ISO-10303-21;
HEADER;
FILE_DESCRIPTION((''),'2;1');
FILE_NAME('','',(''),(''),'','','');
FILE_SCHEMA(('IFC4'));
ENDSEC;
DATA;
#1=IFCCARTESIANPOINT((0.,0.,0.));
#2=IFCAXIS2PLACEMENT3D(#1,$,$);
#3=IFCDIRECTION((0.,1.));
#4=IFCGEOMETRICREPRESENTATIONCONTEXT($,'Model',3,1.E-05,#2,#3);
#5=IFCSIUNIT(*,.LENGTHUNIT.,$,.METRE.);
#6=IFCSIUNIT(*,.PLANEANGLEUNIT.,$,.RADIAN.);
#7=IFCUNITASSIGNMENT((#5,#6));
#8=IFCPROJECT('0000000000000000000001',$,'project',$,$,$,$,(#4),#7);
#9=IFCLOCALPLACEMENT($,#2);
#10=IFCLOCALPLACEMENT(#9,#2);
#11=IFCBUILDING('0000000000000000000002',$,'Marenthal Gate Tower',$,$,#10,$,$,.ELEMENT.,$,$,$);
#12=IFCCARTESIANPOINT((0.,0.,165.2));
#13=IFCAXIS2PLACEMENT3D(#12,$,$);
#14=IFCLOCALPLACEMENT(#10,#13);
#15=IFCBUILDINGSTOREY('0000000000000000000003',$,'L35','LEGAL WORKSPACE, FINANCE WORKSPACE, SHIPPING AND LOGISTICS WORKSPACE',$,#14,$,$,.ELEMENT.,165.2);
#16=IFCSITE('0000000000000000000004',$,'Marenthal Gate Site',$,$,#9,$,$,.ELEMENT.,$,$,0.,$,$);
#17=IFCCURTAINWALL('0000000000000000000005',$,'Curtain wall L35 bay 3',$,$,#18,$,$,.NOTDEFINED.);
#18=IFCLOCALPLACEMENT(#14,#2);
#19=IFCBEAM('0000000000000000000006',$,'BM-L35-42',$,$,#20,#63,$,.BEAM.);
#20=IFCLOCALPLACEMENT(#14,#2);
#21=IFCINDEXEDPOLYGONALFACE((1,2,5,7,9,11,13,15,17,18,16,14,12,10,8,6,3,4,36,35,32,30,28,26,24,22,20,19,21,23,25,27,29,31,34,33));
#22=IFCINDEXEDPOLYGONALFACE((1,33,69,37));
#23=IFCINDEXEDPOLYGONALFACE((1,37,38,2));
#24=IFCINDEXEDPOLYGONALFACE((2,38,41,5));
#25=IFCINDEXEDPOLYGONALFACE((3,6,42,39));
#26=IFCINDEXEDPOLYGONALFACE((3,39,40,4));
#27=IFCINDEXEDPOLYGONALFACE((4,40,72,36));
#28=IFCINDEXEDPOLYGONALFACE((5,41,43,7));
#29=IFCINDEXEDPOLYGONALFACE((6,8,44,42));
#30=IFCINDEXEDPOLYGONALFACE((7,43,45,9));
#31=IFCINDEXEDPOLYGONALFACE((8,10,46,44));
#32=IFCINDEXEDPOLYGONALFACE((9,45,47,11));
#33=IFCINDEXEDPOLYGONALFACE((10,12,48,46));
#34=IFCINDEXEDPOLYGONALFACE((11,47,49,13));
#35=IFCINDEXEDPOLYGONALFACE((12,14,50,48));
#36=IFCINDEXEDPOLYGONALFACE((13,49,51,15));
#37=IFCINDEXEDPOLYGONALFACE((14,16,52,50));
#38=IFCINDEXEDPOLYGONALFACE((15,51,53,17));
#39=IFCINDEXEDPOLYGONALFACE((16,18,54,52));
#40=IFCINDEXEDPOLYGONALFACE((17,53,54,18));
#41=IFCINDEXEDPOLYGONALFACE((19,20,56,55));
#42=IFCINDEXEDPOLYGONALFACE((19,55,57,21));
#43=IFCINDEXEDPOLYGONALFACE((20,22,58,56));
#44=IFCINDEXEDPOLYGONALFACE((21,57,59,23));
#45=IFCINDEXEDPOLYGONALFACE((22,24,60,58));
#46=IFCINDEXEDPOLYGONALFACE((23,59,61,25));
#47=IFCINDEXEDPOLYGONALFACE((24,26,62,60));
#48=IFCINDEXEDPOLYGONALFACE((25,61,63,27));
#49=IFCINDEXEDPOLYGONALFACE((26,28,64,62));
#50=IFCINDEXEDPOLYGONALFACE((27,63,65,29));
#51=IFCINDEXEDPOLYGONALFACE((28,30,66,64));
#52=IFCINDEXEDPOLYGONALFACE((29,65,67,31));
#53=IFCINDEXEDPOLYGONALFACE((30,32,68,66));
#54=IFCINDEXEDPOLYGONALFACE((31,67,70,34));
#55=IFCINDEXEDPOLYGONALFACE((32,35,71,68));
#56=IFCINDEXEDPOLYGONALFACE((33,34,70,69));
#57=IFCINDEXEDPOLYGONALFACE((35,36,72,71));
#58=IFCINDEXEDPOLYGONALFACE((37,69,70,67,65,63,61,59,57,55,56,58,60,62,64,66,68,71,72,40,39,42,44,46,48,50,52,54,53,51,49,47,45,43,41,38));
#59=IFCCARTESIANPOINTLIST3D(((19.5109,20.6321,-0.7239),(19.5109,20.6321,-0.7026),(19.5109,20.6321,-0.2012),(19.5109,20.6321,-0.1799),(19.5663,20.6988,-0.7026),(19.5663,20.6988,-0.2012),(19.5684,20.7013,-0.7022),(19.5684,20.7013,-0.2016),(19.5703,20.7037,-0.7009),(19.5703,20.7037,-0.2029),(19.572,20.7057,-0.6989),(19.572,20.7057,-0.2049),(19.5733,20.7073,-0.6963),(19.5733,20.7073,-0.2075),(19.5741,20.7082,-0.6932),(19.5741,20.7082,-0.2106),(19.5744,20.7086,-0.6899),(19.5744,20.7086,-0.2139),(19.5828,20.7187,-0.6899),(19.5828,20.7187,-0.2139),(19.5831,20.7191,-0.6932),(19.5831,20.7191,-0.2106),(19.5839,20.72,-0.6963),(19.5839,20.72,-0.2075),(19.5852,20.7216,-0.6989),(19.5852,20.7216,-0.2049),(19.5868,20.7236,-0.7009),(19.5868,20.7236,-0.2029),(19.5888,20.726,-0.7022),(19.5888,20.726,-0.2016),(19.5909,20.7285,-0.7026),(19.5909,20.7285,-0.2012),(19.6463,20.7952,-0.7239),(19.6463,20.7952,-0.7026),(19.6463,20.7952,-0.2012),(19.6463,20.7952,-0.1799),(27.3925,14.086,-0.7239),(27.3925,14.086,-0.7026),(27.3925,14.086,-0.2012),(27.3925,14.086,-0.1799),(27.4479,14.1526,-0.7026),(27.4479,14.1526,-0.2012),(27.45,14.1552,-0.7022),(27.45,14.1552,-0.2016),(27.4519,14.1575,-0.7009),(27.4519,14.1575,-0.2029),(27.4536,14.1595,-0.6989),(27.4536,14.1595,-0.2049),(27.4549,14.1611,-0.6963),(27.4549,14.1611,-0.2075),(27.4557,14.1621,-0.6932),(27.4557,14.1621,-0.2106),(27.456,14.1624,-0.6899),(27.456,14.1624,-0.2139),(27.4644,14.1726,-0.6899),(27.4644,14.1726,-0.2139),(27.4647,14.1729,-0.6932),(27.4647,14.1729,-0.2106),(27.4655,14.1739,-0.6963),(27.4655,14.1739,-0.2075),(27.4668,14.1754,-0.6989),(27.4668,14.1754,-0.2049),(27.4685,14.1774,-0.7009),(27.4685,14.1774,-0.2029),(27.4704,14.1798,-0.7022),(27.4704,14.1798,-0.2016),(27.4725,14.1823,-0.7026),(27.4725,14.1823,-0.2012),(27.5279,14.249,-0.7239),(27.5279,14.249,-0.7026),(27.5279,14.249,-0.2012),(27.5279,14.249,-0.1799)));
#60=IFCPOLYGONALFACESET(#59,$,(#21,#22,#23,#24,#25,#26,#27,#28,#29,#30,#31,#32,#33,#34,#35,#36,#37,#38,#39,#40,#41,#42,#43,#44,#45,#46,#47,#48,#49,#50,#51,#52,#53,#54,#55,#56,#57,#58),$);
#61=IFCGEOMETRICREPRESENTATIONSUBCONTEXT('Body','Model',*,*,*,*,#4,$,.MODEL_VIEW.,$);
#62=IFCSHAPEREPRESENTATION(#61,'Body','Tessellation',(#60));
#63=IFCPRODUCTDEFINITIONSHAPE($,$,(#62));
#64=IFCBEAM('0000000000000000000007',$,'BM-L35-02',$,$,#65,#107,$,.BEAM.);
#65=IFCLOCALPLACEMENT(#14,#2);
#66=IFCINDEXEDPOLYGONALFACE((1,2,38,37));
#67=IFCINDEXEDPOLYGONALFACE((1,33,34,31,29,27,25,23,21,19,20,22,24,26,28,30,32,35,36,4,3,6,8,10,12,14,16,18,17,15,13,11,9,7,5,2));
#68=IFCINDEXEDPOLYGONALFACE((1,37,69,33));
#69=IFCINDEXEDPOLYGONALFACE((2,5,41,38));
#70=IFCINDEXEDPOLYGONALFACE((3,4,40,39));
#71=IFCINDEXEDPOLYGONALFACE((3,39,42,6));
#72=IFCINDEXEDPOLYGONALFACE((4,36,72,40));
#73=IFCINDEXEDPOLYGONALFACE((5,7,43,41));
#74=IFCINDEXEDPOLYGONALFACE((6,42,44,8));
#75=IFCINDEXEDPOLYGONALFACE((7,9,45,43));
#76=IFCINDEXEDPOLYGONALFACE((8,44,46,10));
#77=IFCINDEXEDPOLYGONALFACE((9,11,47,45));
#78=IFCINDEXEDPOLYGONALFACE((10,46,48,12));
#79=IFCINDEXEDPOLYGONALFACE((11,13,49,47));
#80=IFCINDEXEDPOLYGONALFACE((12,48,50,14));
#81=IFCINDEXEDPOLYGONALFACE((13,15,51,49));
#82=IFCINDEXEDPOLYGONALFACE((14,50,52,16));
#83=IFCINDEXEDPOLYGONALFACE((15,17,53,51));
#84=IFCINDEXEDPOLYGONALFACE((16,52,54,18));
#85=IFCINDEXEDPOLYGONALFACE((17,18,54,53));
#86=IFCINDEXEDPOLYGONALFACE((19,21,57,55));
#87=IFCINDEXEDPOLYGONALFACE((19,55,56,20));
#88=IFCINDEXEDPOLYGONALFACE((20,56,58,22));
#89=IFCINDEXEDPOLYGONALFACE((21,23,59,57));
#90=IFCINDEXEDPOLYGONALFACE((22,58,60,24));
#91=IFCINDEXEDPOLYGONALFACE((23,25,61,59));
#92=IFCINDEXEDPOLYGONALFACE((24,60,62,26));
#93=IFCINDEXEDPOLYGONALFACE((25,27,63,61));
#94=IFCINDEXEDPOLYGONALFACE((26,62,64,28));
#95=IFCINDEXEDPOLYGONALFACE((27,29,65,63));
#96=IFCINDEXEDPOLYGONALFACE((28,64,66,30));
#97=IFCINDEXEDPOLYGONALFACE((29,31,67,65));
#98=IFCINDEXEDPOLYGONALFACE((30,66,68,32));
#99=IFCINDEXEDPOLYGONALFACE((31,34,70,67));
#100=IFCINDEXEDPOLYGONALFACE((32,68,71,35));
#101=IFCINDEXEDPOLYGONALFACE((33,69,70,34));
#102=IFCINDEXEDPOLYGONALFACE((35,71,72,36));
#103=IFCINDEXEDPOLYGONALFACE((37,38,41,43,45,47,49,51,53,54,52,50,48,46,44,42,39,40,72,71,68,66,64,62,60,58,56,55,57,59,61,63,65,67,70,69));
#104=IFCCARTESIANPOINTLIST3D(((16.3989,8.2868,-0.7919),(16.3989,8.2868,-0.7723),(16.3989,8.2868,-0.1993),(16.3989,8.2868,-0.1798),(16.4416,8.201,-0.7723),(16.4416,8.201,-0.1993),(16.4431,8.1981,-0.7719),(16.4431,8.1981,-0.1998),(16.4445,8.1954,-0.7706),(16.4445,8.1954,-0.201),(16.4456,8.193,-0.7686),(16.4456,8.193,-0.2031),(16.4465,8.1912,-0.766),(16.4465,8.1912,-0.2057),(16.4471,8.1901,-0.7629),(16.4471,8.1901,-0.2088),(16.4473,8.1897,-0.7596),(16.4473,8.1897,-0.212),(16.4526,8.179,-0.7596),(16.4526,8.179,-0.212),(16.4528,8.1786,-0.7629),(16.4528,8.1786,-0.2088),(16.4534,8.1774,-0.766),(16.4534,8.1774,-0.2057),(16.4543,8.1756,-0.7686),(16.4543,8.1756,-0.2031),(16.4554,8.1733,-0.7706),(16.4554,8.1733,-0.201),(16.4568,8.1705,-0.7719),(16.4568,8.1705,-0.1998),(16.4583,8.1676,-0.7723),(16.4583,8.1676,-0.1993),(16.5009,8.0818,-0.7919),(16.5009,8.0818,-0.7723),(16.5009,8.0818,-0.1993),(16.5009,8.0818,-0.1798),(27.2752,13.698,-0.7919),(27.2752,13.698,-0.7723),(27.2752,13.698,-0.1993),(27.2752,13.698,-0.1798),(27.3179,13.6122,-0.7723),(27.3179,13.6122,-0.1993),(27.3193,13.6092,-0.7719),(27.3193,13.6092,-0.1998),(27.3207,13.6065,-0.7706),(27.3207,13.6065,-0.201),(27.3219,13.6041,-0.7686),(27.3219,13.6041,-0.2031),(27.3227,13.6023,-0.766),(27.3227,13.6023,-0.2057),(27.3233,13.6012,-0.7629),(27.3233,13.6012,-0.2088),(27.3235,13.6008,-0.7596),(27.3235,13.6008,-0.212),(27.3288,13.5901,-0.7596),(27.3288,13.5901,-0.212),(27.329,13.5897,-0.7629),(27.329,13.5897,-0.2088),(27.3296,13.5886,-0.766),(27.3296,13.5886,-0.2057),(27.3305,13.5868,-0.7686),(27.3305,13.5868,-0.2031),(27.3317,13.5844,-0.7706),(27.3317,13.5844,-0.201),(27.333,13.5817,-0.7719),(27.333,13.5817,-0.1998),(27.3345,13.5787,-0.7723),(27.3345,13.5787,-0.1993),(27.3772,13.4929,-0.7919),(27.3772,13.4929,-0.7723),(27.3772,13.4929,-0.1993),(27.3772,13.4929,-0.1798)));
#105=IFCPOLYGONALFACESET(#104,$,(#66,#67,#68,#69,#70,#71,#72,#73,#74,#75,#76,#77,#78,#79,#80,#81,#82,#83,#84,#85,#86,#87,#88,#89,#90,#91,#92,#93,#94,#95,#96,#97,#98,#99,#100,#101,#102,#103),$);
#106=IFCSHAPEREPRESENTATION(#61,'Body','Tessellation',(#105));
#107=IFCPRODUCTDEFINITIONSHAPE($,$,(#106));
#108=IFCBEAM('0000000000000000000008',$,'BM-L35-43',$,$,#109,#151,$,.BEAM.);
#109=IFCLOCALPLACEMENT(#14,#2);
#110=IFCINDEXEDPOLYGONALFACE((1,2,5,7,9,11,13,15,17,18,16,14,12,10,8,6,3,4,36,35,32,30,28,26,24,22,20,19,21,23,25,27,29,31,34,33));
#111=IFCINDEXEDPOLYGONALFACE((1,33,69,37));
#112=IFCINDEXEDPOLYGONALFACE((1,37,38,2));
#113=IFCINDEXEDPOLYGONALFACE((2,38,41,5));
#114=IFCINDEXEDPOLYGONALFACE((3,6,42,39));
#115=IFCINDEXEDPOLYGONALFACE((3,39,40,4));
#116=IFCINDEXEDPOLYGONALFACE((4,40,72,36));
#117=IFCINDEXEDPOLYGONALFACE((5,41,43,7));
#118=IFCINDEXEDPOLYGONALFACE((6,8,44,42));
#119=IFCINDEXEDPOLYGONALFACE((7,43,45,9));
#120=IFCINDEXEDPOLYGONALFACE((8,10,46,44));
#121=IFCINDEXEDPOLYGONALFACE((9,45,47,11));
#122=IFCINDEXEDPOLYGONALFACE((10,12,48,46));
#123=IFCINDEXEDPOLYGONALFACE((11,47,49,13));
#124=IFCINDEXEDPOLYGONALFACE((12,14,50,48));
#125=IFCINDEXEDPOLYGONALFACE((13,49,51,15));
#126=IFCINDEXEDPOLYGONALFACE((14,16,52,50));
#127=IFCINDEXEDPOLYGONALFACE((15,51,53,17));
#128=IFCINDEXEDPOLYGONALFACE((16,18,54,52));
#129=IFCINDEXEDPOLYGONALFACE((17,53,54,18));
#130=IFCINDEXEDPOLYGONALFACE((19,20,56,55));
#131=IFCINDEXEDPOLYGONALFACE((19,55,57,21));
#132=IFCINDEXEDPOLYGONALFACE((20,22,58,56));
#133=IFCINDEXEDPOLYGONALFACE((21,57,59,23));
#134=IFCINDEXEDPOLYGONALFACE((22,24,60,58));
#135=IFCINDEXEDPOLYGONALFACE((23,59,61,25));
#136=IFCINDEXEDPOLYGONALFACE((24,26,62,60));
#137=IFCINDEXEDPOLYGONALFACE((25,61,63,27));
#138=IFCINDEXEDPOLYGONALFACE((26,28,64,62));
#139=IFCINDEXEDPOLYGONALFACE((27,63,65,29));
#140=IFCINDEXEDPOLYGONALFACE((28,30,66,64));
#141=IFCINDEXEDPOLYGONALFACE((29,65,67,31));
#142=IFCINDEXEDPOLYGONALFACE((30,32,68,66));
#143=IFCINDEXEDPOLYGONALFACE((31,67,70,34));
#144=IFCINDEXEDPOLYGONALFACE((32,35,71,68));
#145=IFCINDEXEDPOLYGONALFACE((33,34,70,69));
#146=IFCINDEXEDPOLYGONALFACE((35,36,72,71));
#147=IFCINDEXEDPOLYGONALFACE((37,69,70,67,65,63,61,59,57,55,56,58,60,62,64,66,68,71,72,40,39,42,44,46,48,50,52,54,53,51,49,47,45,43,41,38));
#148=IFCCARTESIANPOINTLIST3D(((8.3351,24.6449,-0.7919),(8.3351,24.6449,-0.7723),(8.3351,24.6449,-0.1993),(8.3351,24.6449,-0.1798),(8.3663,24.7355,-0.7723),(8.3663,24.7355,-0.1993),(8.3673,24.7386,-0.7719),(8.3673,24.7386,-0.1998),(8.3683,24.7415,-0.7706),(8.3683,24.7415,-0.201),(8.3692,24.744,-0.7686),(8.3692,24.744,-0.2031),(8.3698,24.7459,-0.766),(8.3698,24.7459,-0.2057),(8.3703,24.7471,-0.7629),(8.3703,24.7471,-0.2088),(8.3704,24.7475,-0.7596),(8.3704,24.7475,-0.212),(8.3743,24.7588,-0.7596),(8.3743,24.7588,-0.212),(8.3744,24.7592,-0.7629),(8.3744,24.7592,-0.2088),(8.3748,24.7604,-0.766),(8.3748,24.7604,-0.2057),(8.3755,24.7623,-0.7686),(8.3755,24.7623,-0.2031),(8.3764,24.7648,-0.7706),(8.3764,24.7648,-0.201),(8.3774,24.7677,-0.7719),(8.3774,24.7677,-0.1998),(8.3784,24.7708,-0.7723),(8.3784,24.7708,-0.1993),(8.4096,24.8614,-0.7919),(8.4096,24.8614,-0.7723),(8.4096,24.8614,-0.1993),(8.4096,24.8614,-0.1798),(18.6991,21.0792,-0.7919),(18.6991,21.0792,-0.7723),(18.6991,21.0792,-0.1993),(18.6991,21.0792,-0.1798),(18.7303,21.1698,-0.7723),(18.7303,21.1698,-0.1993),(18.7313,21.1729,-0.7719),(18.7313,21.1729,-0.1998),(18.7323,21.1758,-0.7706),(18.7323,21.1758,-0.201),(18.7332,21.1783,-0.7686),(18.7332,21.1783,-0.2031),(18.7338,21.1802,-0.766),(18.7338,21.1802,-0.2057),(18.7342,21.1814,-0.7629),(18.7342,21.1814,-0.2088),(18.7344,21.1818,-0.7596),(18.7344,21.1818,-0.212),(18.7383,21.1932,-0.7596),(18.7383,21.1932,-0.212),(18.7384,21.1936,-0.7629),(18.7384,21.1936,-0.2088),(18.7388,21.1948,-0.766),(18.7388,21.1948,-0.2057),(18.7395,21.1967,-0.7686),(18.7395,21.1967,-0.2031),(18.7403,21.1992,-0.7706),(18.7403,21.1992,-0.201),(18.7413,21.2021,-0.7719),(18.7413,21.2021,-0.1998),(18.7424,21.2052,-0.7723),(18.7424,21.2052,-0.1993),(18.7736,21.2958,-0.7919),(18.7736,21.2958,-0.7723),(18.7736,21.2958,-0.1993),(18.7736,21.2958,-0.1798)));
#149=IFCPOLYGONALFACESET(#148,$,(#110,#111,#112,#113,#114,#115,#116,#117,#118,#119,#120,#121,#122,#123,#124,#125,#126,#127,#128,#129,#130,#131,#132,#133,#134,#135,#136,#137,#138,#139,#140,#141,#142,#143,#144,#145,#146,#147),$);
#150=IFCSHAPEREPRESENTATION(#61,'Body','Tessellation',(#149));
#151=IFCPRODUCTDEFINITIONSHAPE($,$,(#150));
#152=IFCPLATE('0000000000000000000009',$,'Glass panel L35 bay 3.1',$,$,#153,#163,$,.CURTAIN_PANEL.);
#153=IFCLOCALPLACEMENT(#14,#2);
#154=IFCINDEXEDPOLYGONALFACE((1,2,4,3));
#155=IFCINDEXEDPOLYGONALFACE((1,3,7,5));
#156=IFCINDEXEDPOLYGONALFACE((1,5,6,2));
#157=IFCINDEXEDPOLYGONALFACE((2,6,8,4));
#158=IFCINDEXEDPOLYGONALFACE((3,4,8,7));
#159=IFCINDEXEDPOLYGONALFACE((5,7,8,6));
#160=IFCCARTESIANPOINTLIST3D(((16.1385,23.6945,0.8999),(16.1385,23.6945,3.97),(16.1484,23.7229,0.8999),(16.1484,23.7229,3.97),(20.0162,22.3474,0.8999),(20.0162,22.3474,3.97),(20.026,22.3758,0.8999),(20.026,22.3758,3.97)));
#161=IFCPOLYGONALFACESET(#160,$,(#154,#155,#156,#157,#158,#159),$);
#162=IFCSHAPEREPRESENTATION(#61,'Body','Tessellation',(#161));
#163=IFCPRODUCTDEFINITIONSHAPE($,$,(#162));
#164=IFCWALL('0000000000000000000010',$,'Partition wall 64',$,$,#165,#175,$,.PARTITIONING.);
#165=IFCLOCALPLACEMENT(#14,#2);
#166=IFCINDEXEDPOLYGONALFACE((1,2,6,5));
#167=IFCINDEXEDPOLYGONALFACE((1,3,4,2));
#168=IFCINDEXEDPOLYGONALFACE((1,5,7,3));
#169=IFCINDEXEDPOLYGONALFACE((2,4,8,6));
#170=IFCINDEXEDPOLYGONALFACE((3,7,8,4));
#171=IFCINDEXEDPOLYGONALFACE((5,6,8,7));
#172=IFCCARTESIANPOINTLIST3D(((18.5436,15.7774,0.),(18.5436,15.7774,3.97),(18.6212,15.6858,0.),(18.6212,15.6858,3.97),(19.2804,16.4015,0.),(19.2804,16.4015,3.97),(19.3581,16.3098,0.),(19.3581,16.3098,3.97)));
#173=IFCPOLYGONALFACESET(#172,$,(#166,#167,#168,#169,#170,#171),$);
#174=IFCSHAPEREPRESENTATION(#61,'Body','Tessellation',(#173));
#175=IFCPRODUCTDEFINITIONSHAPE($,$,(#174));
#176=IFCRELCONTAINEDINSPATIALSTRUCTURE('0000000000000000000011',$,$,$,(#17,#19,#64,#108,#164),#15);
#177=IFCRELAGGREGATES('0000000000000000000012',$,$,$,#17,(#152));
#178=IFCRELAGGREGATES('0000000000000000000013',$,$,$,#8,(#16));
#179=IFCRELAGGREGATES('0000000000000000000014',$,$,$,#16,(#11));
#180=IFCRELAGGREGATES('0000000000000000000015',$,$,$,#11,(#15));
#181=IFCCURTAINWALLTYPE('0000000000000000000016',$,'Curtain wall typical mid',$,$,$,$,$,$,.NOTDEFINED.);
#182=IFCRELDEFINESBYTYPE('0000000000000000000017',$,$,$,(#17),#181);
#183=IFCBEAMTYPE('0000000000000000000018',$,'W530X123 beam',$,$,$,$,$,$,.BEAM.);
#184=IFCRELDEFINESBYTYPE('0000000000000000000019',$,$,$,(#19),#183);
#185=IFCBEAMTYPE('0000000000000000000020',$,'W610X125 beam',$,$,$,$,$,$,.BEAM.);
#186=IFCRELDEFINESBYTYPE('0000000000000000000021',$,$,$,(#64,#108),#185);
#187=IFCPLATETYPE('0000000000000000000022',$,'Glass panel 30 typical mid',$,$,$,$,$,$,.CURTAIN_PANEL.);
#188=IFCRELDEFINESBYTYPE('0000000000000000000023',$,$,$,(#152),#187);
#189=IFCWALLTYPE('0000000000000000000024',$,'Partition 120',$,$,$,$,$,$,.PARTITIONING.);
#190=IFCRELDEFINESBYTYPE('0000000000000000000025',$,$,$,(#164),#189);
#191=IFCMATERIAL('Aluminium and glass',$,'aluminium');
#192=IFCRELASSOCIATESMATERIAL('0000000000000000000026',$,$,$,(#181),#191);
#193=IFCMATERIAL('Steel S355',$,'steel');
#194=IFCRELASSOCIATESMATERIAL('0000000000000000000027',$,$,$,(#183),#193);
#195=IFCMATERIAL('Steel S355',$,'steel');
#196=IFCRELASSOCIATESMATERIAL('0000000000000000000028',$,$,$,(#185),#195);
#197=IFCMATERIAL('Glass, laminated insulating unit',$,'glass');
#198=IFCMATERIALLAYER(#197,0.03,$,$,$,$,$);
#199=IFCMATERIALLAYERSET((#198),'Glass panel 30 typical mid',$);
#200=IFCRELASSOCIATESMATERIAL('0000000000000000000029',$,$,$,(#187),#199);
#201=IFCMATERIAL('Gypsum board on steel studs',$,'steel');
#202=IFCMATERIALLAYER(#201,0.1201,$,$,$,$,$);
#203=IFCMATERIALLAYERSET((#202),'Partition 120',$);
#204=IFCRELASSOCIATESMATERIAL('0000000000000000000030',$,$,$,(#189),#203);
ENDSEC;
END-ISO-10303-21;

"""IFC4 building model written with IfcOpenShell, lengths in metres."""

from ifc_helpers import new_model, si_unit, direction, frame, frame_2d, origin, origin_2d, place, context, subcontext, project, spatial, rectangle, i_section, extrude, material, layer, layer_set, material_profile, profile_set, type_object, element, aggregate, save


model = new_model("IFC4")

# Units and contexts
model_context = context("Model", 3, precision=1e-05, world=origin(), true_north=direction((0.0, 1.0)))
body_context = subcontext(model_context, "Body", "Model", "MODEL_VIEW")
ifc_project = project(units=[si_unit("LENGTHUNIT", "METRE"), si_unit("PLANEANGLEUNIT", "RADIAN")], contexts=[model_context])

# Site, building, storey
site_placement = place(None, origin())
site = spatial("IfcSite", under=ifc_project, at=site_placement, Name="Marenthal Gate Site", CompositionType="ELEMENT", RefElevation=0.0)
building_placement = place(site_placement, origin())
building = spatial("IfcBuilding", under=site, at=building_placement, Name="Marenthal Gate Tower", CompositionType="ELEMENT")
storey_placement = place(building_placement, frame((0.0, 0.0, 165.2)))
storey = spatial("IfcBuildingStorey", under=building, at=storey_placement, Name="L35", Description="LEGAL WORKSPACE, FINANCE WORKSPACE, SHIPPING AND LOGISTICS WORKSPACE", CompositionType="ELEMENT", Elevation=165.2)

# Shared definitions
ifc_material_1 = material(Name="Aluminium and glass", Category="aluminium")
curtain_wall_type = type_object("IfcCurtainWallType", Name="Curtain wall typical mid", PredefinedType="NOTDEFINED", material=ifc_material_1)

# Curtain wall
curtain_wall_1_placement = place(storey_placement, origin())
curtain_wall_1 = element("IfcCurtainWall", 1, at=curtain_wall_1_placement, inside=storey, type_object=curtain_wall_type, Name="Curtain wall L35 bay 3", PredefinedType="NOTDEFINED")

# Beams
ifc_material_2 = material(Name="Steel S355", Category="steel")
ifc_material_profile_1 = material_profile(ifc_material_2, i_section(OverallWidth=0.2119, OverallDepth=0.5439, WebThickness=0.0132, FlangeThickness=0.0212, FilletRadius=0.0127, at=origin_2d()), Name="W530X123")
ifc_profile_set_1 = profile_set([ifc_material_profile_1], Name="Steel S355")
beam_type_1 = type_object("IfcBeamType", Name="W530X123 beam", PredefinedType="BEAM", material=ifc_profile_set_1)
beam_1_placement = place(storey_placement, frame((27.4602, 14.1675, -0.4519), z_axis=(-0.769269, 0.638925, 0.0), x_axis=(-0.638925, -0.769269, 0.0)))
element("IfcBeam", 2, at=beam_1_placement, inside=storey, type_object=beam_type_1, Name="BM-L35-42", PredefinedType="BEAM", context=body_context, shape_type="SweptSolid", body=[
    extrude(i_section(OverallWidth=0.2119, OverallDepth=0.5439, WebThickness=0.0132, FlangeThickness=0.0212, FilletRadius=0.0127, at=origin_2d()), origin(), (0.0, 0.0, 1.0), 10.2456),
])
ifc_material_3 = material(Name="Steel S355", Category="steel")
ifc_material_profile_2 = material_profile(ifc_material_3, i_section(OverallWidth=0.229, OverallDepth=0.6121, WebThickness=0.012, FlangeThickness=0.0195, FilletRadius=0.0127, at=origin_2d()), Name="W610X125")
ifc_profile_set_2 = profile_set([ifc_material_profile_2], Name="Steel S355")
beam_type_2 = type_object("IfcBeamType", Name="W610X125 beam", PredefinedType="BEAM", material=ifc_profile_set_2)
beam_2_placement = place(storey_placement, frame((27.3262, 13.5955, -0.4858), z_axis=(-0.895314, -0.445436, 0.0), x_axis=(0.445436, -0.895314, 0.0)))
element("IfcBeam", 3, at=beam_2_placement, inside=storey, type_object=beam_type_2, Name="BM-L35-02", PredefinedType="BEAM", context=body_context, shape_type="SweptSolid", body=[
    extrude(i_section(OverallWidth=0.229, OverallDepth=0.6121, WebThickness=0.012, FlangeThickness=0.0195, FilletRadius=0.0127, at=origin_2d()), origin(), (0.0, 0.0, 1.0), 12.1479),
])
beam_3_placement = place(storey_placement, frame((18.7363, 21.1875, -0.4858), z_axis=(-0.945601, 0.325328, 0.0), x_axis=(-0.325328, -0.945601, 0.0)))
element("IfcBeam", 4, at=beam_3_placement, inside=storey, type_object=beam_type_2, Name="BM-L35-43", PredefinedType="BEAM", context=body_context, shape_type="SweptSolid", body=[
    extrude(i_section(OverallWidth=0.229, OverallDepth=0.6121, WebThickness=0.012, FlangeThickness=0.0195, FilletRadius=0.0127, at=origin_2d()), origin(), (0.0, 0.0, 1.0), 10.9602),
])

# Plate
ifc_material_4 = material(Name="Glass, laminated insulating unit", Category="glass")
ifc_layer_1 = layer(ifc_material_4, 0.03)
ifc_layer_set_1 = layer_set([ifc_layer_1], Name="Glass panel 30 typical mid")
plate_type = type_object("IfcPlateType", Name="Glass panel 30 typical mid", PredefinedType="CURTAIN_PANEL", material=ifc_layer_set_1)
plate_placement = place(storey_placement, frame((18.0823, 23.0352, 0.8999), z_axis=(0.0, 0.0, 1.0), x_axis=(-0.944623, 0.328158, 0.0)))
plate = element("IfcPlate", 5, at=plate_placement, type_object=plate_type, Name="Glass panel L35 bay 3.1", PredefinedType="CURTAIN_PANEL", context=body_context, shape_type="SweptSolid", body=[
    extrude(rectangle(XDim=4.105, YDim=0.03, at=origin_2d()), origin(), (0.0, 0.0, 1.0), 3.0701),
])
aggregate(curtain_wall_1, [plate])

# Wall
ifc_material_5 = material(Name="Gypsum board on steel studs", Category="steel")
ifc_layer_2 = layer(ifc_material_5, 0.1201)
ifc_layer_set_2 = layer_set([ifc_layer_2], Name="Partition 120")
wall_type_1 = type_object("IfcWallType", Name="Partition 120", PredefinedType="PARTITIONING", material=ifc_layer_set_2)
wall_1_placement = place(storey_placement, frame((19.3193, 16.3557, 0.0), z_axis=(0.0, 0.0, 1.0), x_axis=(-0.763098, -0.646282, 0.0)))
element("IfcWall", 6, at=wall_1_placement, inside=storey, type_object=wall_type_1, Name="Partition wall 64", PredefinedType="PARTITIONING", context=body_context, shape_type="SweptSolid", body=[
    extrude(rectangle(XDim=0.9656, YDim=0.1201, at=frame_2d((0.4829, 0.0))), origin(), (0.0, 0.0, 1.0), 3.97),
])

save(model, "model.ifc")
